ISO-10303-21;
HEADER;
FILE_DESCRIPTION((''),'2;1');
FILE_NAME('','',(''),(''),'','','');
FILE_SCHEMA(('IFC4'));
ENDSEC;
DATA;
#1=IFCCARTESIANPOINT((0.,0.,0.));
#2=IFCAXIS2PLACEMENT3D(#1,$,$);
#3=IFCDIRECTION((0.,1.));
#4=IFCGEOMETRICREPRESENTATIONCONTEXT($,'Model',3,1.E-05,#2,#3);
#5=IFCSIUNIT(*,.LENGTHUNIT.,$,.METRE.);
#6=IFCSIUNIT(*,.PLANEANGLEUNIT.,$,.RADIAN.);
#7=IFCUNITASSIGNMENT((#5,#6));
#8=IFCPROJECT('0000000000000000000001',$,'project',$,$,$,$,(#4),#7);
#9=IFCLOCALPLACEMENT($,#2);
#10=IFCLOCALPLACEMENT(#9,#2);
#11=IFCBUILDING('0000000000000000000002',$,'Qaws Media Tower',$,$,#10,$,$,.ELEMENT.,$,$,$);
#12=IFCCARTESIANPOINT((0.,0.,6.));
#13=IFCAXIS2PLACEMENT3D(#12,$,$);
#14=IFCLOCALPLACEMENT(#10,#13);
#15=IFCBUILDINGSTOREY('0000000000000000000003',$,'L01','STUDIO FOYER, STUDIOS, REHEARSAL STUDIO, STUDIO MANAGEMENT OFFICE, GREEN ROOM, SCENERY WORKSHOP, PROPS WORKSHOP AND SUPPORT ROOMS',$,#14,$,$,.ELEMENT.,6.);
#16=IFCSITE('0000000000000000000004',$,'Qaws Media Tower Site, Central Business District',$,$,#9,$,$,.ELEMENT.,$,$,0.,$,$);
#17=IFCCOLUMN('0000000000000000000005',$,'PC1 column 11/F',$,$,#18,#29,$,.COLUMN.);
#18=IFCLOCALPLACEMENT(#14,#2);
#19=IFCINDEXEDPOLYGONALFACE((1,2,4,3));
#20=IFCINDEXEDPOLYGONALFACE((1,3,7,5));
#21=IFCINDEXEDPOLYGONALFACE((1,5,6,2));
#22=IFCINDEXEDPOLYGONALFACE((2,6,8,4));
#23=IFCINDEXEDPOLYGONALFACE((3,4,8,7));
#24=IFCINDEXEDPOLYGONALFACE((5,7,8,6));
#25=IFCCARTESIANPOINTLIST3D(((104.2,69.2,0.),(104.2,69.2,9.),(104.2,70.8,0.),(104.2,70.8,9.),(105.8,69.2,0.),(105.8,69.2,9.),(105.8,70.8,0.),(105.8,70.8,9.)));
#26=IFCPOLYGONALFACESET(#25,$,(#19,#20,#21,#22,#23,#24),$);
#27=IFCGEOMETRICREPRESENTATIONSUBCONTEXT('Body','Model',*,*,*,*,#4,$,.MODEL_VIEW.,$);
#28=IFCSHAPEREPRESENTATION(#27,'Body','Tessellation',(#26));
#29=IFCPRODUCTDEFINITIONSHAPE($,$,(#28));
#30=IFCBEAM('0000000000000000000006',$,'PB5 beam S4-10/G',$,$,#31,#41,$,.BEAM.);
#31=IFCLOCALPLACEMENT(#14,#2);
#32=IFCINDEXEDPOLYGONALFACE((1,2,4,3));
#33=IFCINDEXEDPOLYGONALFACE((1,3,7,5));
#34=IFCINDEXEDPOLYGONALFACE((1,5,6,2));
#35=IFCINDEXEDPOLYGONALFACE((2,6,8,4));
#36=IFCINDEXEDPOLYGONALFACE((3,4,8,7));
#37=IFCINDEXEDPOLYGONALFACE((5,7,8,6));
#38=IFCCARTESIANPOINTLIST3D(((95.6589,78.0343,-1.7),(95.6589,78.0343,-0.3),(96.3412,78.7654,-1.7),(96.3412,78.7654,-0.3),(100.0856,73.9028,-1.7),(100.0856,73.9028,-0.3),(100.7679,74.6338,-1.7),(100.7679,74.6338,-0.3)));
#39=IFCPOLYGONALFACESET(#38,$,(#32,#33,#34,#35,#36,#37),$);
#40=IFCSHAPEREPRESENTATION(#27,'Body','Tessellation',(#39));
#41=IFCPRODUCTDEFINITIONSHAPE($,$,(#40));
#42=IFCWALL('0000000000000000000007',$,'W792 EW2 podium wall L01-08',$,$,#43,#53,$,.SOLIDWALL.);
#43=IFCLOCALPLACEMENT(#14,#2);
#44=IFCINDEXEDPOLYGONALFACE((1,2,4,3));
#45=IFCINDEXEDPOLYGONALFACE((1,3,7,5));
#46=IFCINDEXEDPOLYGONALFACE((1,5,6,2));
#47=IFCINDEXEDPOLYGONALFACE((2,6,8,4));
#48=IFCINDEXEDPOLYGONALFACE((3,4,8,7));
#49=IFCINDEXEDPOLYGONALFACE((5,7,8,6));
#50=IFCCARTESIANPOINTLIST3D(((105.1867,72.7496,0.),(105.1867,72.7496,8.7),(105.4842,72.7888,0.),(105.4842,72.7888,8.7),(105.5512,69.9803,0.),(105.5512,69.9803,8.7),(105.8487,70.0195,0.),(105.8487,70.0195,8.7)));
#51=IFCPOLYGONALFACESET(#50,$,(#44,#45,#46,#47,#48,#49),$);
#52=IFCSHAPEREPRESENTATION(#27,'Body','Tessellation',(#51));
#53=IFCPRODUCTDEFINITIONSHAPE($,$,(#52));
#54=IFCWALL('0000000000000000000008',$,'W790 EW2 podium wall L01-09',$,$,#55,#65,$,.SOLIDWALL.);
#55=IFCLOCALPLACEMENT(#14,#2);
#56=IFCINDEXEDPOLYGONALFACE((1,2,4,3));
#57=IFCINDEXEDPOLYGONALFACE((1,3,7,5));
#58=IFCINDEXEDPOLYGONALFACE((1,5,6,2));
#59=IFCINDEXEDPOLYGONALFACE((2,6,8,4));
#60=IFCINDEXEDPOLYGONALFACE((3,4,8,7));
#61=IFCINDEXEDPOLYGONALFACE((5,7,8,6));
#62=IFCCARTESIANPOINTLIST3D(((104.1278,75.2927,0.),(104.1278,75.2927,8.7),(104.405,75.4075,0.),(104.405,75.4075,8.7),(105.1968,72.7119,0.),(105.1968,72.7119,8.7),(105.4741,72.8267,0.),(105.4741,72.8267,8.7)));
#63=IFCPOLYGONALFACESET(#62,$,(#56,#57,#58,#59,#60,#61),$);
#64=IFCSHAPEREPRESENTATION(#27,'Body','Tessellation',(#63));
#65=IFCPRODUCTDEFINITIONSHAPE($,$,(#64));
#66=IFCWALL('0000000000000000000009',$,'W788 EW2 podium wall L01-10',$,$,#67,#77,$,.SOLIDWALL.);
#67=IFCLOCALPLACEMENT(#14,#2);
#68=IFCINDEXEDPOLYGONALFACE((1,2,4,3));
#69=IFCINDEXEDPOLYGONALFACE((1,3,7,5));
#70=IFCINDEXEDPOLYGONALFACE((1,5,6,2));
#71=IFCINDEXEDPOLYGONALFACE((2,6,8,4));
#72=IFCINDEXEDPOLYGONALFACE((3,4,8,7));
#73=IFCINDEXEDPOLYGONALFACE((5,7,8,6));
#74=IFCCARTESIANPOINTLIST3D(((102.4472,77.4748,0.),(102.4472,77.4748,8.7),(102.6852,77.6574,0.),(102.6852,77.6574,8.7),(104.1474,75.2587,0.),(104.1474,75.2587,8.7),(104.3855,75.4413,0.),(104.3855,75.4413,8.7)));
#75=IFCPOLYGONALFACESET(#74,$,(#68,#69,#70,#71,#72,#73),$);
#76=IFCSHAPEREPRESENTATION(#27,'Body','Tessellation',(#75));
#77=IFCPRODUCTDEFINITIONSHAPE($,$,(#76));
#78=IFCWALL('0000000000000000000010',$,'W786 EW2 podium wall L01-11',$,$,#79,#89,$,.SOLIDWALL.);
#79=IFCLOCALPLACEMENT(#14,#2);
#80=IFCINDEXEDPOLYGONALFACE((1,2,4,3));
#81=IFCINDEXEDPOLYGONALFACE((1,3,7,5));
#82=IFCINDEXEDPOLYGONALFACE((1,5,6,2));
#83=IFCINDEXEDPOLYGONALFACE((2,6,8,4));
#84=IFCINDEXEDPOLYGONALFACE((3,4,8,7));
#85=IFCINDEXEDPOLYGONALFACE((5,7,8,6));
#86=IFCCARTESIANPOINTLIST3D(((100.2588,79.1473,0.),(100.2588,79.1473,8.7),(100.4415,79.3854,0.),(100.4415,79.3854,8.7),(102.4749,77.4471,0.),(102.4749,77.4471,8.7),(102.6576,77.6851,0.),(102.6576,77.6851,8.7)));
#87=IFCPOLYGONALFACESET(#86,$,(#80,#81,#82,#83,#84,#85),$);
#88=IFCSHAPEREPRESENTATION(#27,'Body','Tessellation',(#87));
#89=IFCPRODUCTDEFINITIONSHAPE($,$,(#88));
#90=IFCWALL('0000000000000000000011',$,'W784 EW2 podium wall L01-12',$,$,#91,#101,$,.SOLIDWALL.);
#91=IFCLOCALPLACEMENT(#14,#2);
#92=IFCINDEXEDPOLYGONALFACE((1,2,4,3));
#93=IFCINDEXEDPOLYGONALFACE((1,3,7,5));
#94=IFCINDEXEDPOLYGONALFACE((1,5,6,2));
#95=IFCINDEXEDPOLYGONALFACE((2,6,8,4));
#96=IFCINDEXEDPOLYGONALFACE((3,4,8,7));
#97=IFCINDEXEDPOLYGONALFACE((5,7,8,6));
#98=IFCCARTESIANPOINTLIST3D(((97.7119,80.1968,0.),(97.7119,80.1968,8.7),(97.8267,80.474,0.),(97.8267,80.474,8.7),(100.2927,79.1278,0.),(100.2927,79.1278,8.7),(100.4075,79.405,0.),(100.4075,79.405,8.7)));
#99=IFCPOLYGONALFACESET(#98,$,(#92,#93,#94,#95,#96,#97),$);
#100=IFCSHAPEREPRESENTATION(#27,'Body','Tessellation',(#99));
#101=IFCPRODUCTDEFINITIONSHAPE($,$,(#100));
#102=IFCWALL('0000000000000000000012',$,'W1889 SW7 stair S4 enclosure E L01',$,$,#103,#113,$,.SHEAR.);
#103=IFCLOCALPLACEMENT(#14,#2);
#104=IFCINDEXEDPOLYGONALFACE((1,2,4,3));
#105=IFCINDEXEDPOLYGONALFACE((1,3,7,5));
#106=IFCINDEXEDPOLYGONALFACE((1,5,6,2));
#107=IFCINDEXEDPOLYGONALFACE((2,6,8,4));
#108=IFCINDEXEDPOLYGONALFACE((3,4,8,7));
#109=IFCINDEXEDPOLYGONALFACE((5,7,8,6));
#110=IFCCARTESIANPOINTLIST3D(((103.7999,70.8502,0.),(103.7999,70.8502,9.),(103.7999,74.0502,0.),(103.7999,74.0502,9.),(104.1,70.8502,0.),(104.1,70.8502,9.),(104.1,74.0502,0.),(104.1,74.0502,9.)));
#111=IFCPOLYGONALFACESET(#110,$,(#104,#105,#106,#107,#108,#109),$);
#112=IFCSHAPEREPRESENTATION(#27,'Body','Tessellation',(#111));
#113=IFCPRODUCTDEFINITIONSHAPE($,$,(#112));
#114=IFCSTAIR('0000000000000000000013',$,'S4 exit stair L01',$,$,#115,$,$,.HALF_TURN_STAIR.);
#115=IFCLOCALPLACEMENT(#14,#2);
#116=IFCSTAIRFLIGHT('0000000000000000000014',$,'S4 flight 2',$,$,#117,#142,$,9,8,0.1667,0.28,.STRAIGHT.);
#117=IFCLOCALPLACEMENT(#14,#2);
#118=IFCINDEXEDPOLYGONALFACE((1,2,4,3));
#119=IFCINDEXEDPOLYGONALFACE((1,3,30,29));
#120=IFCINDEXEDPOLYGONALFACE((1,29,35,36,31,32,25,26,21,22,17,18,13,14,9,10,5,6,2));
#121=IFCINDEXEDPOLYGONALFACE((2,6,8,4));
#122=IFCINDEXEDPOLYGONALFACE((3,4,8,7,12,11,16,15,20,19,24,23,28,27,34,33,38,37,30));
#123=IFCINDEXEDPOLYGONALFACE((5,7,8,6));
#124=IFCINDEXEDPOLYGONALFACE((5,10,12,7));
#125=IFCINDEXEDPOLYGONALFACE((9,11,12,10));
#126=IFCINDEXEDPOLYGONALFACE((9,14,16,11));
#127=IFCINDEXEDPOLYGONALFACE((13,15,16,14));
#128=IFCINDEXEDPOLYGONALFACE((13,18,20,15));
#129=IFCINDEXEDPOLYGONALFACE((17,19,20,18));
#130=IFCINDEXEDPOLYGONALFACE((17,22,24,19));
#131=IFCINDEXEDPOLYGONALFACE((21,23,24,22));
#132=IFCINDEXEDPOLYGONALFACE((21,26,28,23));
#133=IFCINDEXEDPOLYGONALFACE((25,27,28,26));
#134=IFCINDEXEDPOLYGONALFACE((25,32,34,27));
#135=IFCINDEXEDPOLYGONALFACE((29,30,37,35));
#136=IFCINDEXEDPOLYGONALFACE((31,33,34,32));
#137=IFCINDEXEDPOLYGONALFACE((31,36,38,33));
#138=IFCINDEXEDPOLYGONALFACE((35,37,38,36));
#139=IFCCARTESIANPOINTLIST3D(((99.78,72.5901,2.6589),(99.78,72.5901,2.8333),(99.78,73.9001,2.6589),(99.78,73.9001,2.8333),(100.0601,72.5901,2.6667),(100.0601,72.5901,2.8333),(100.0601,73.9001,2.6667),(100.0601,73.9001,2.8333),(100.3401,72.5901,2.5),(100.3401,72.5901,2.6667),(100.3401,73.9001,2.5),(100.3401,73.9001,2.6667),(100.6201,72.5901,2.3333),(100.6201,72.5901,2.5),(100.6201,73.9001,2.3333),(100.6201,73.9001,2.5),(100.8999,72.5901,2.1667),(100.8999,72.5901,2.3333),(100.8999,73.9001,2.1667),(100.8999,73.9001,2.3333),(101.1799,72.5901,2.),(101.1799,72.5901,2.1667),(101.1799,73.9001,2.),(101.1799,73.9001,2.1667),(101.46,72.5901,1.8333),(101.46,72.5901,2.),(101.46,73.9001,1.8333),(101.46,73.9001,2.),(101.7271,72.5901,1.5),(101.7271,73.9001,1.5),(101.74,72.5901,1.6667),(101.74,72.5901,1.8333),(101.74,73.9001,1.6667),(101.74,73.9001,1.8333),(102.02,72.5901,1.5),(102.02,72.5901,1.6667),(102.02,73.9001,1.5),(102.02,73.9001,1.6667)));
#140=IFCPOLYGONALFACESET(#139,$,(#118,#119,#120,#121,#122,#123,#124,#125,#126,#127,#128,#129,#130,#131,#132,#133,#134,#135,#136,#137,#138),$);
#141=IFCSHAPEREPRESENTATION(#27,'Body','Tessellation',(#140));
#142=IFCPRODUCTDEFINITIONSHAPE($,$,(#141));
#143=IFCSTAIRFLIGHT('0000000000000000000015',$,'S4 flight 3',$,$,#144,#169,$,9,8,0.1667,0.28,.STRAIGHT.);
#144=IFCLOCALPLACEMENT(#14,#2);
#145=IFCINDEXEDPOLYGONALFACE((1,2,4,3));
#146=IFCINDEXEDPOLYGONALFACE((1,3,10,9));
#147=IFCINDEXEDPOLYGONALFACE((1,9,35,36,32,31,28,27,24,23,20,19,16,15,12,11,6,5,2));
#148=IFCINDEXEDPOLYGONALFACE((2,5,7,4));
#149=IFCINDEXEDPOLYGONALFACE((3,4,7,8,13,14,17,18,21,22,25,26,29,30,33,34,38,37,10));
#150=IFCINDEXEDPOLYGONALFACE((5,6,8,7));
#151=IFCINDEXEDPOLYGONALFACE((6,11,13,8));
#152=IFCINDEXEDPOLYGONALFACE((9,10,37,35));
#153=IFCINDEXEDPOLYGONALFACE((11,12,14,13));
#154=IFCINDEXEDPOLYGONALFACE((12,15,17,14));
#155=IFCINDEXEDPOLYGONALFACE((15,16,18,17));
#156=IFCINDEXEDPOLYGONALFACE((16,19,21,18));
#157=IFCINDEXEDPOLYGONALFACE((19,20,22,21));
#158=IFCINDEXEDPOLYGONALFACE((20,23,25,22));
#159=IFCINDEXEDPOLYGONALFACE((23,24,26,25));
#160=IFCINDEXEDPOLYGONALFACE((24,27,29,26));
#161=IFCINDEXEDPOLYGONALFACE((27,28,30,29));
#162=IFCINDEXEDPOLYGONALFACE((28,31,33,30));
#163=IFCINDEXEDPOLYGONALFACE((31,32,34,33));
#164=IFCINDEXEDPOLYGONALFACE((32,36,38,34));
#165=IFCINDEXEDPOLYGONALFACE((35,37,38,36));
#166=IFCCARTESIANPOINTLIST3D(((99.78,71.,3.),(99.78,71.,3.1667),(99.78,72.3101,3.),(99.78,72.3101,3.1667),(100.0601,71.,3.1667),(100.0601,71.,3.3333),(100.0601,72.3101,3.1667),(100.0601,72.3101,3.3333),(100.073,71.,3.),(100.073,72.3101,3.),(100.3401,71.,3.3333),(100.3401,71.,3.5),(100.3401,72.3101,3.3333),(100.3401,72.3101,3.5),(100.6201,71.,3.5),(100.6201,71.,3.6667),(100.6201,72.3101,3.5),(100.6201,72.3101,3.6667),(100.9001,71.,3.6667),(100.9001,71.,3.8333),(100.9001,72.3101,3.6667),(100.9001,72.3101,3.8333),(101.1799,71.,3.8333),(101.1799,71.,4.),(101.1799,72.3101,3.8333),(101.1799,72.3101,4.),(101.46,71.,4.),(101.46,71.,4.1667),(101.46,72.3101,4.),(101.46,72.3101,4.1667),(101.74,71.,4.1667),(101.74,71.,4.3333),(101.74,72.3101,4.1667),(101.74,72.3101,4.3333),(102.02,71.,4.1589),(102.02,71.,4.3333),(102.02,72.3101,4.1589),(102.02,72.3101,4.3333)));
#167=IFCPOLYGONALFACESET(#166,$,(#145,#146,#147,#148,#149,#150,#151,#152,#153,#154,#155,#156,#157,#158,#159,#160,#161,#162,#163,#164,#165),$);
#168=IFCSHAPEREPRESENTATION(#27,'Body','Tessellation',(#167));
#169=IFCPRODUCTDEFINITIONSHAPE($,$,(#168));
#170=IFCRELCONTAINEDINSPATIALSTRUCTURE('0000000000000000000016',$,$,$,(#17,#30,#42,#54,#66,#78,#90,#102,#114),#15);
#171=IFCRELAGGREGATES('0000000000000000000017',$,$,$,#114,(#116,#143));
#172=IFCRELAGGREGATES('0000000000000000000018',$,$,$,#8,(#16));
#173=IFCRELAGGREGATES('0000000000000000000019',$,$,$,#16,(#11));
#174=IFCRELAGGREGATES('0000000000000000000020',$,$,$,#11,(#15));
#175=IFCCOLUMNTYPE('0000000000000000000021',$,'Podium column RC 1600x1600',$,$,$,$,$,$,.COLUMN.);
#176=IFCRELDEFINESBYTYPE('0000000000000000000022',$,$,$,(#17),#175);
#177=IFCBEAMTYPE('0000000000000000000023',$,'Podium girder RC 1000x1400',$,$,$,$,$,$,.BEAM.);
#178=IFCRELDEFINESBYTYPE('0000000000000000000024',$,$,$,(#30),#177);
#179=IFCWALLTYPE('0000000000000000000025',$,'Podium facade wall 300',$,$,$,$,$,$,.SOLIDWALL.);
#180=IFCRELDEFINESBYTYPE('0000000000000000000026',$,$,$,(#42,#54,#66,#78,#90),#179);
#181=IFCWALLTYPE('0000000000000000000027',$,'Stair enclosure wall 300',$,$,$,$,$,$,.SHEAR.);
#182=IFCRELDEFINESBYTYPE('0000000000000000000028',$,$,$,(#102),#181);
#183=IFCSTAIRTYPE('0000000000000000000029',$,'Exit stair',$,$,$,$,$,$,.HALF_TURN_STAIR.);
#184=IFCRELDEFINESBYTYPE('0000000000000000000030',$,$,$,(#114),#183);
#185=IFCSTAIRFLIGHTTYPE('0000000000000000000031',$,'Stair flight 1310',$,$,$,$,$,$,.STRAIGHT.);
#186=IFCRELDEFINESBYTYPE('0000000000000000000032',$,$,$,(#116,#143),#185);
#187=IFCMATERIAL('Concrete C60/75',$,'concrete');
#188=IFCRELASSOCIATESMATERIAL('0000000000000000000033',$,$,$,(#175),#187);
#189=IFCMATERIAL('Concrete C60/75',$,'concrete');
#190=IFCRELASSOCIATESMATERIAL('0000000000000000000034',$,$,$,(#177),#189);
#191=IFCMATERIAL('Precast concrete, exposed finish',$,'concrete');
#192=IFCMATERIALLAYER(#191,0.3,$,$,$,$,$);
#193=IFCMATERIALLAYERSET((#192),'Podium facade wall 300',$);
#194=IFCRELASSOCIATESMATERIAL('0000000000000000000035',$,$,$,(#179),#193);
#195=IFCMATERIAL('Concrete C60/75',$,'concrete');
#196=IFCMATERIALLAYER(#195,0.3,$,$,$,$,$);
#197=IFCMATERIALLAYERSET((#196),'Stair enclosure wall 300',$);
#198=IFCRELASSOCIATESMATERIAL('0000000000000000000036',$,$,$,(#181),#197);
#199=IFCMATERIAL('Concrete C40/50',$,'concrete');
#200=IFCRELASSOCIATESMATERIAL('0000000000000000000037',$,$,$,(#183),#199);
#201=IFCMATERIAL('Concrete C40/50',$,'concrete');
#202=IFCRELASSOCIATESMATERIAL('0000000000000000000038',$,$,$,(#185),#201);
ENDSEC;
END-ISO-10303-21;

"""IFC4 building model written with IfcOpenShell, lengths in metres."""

from ifc_helpers import new_model, si_unit, direction, frame, frame_2d, origin, origin_2d, place, context, subcontext, project, spatial, polyline, rectangle, outline, extrude, material, layer, layer_set, material_profile, profile_set, type_object, element, aggregate, save


model = new_model("IFC4")

# Units and contexts
model_context = context("Model", 3, precision=1e-05, world=origin(), true_north=direction((0.0, 1.0)))
body_context = subcontext(model_context, "Body", "Model", "MODEL_VIEW")
ifc_project = project(units=[si_unit("LENGTHUNIT", "METRE"), si_unit("PLANEANGLEUNIT", "RADIAN")], contexts=[model_context])

# Site, building, storey
site_placement = place(None, origin())
site = spatial("IfcSite", under=ifc_project, at=site_placement, Name="Qaws Media Tower Site, Central Business District", CompositionType="ELEMENT", RefElevation=0.0)
building_placement = place(site_placement, origin())
building = spatial("IfcBuilding", under=site, at=building_placement, Name="Qaws Media Tower", CompositionType="ELEMENT")
storey_placement = place(building_placement, frame((0.0, 0.0, 6.0)))
storey = spatial("IfcBuildingStorey", under=building, at=storey_placement, Name="L01", Description="STUDIO FOYER, STUDIOS, REHEARSAL STUDIO, STUDIO MANAGEMENT OFFICE, GREEN ROOM, SCENERY WORKSHOP, PROPS WORKSHOP AND SUPPORT ROOMS", CompositionType="ELEMENT", Elevation=6.0)

# Column
ifc_material_1 = material(Name="Concrete C60/75", Category="concrete")
ifc_material_profile_1 = material_profile(ifc_material_1, rectangle(XDim=1.6001, YDim=1.6001, at=origin_2d()), Name="RC 1600x1600")
ifc_profile_set_1 = profile_set([ifc_material_profile_1], Name="Concrete C60/75")
column_type = type_object("IfcColumnType", Name="Podium column RC 1600x1600", PredefinedType="COLUMN", material=ifc_profile_set_1)
column_placement = place(storey_placement, frame((105.0, 70.0, 0.0), z_axis=(0.0, 0.0, 1.0), x_axis=(1.0, 0.0, 0.0)))
element("IfcColumn", 1, at=column_placement, inside=storey, type_object=column_type, Name="PC1 column 11/F", PredefinedType="COLUMN", context=body_context, shape_type="SweptSolid", body=[
    extrude(rectangle(XDim=1.6001, YDim=1.6001, at=origin_2d()), origin(), (0.0, 0.0, 1.0), 9.0),
])

# Beam
ifc_material_2 = material(Name="Concrete C60/75", Category="concrete")
ifc_material_profile_2 = material_profile(ifc_material_2, rectangle(XDim=1.0, YDim=1.3999, at=origin_2d()), Name="RC 1000x1400")
ifc_profile_set_2 = profile_set([ifc_material_profile_2], Name="Concrete C60/75")
beam_type = type_object("IfcBeamType", Name="Podium girder RC 1000x1400", PredefinedType="BEAM", material=ifc_profile_set_2)
beam_placement = place(storey_placement, frame((100.4268, 74.2683, -1.0), z_axis=(-0.731059, 0.682314, 0.0), x_axis=(-0.682314, -0.731059, 0.0)))
element("IfcBeam", 2, at=beam_placement, inside=storey, type_object=beam_type, Name="PB5 beam S4-10/G", PredefinedType="BEAM", context=body_context, shape_type="SweptSolid", body=[
    extrude(rectangle(XDim=1.0, YDim=1.3999, at=origin_2d()), origin(), (0.0, 0.0, 1.0), 6.0552),
])

# Walls
ifc_material_3 = material(Name="Precast concrete, exposed finish", Category="concrete")
ifc_layer_1 = layer(ifc_material_3, 0.3)
ifc_layer_set_1 = layer_set([ifc_layer_1], Name="Podium facade wall 300")
wall_type_1 = type_object("IfcWallType", Name="Podium facade wall 300", PredefinedType="SOLIDWALL", material=ifc_layer_set_1)
wall_1_placement = place(storey_placement, frame((105.7, 70.0, 0.0), z_axis=(0.0, 0.0, 1.0), x_axis=(-0.130497, 0.991449, 0.0)))
element("IfcWall", 3, at=wall_1_placement, inside=storey, type_object=wall_type_1, Name="W792 EW2 podium wall L01-08", PredefinedType="SOLIDWALL", context=body_context, shape_type="SweptSolid", body=[
    extrude(rectangle(XDim=2.7932, YDim=0.3, at=frame_2d((1.3965, 0.0))), origin(), (0.0, 0.0, 1.0), 8.7),
])
wall_2_placement = place(storey_placement, frame((105.3354, 72.7693, 0.0), z_axis=(0.0, 0.0, 1.0), x_axis=(-0.382709, 0.923869, 0.0)))
element("IfcWall", 4, at=wall_2_placement, inside=storey, type_object=wall_type_1, Name="W790 EW2 podium wall L01-09", PredefinedType="SOLIDWALL", context=body_context, shape_type="SweptSolid", body=[
    extrude(rectangle(XDim=2.7935, YDim=0.3, at=frame_2d((1.3967, 0.0))), origin(), (0.0, 0.0, 1.0), 8.7),
])
for number, where, z_axis, x_axis, name in (
    (5, (104.2664, 75.3501, 0.0), (0.0, 0.0, 1.0), (-0.608705, 0.793397, 0.0), "W788 EW2 podium wall L01-10"),
    (6, (102.5662, 77.5662, 0.0), (0.0, 0.0, 1.0), (-0.793397, 0.608705, 0.0), "W786 EW2 podium wall L01-11"),
):
    element("IfcWall", number, at=place(storey_placement, frame(where, z_axis=z_axis, x_axis=x_axis)), inside=storey, type_object=wall_type_1, Name=name, PredefinedType="SOLIDWALL", context=body_context, shape_type="SweptSolid", body=[
        extrude(rectangle(XDim=2.7932, YDim=0.3, at=frame_2d((1.3965, 0.0))), origin(), (0.0, 0.0, 1.0), 8.7),
    ])
wall_3_placement = place(storey_placement, frame((100.3501, 79.2664, 0.0), z_axis=(0.0, 0.0, 1.0), x_axis=(-0.923869, 0.382709, 0.0)))
element("IfcWall", 7, at=wall_3_placement, inside=storey, type_object=wall_type_1, Name="W784 EW2 podium wall L01-12", PredefinedType="SOLIDWALL", context=body_context, shape_type="SweptSolid", body=[
    extrude(rectangle(XDim=2.7935, YDim=0.3, at=frame_2d((1.3967, 0.0))), origin(), (0.0, 0.0, 1.0), 8.7),
])
ifc_material_4 = material(Name="Concrete C60/75", Category="concrete")
ifc_layer_2 = layer(ifc_material_4, 0.3)
ifc_layer_set_2 = layer_set([ifc_layer_2], Name="Stair enclosure wall 300")
wall_type_2 = type_object("IfcWallType", Name="Stair enclosure wall 300", PredefinedType="SHEAR", material=ifc_layer_set_2)
wall_4_placement = place(storey_placement, frame((103.95, 70.8501, 0.0), z_axis=(0.0, 0.0, 1.0), x_axis=(0.0, 1.0, 0.0)))
element("IfcWall", 8, at=wall_4_placement, inside=storey, type_object=wall_type_2, Name="W1889 SW7 stair S4 enclosure E L01", PredefinedType="SHEAR", context=body_context, shape_type="SweptSolid", body=[
    extrude(rectangle(XDim=3.2, YDim=0.3, at=frame_2d((1.6001, 0.0))), origin(), (0.0, 0.0, 1.0), 9.0),
])

# Stair, stair flights
ifc_material_5 = material(Name="Concrete C40/50", Category="concrete")
stair_type = type_object("IfcStairType", Name="Exit stair", PredefinedType="HALF_TURN_STAIR", material=ifc_material_5)
stair_placement = place(storey_placement, origin())
stair = element("IfcStair", 9, at=stair_placement, inside=storey, type_object=stair_type, Name="S4 exit stair L01", PredefinedType="HALF_TURN_STAIR")
ifc_material_6 = material(Name="Concrete C40/50", Category="concrete")
stair_flight_type = type_object("IfcStairFlightType", Name="Stair flight 1310", PredefinedType="STRAIGHT", material=ifc_material_6)
stair_flight_1_placement = place(storey_placement, frame((102.02, 73.2451, 1.5), z_axis=(0.0, 0.0, 1.0), x_axis=(-1.0, 0.0, 0.0)))
stair_flight_1 = element("IfcStairFlight", 10, at=stair_flight_1_placement, type_object=stair_flight_type, Name="S4 flight 2", NumberOfRisers=9, NumberOfTreads=8, PredefinedType="STRAIGHT", RiserHeight=0.1667, TreadLength=0.28, context=body_context, shape_type="SweptSolid", body=[
    extrude(outline(polyline([(0.0, 0.0), (0.0, 0.1667), (0.28, 0.1667), (0.28, 0.3333), (0.5601, 0.3333), (0.5601, 0.5), (0.8401, 0.5), (0.8401, 0.6667), (1.1201, 0.6667), (1.1201, 0.8333), (1.3999, 0.8333), (1.3999, 1.0), (1.6799, 1.0), (1.6799, 1.1667), (1.96, 1.1667), (1.96, 1.3333), (2.24, 1.3333), (2.24, 1.5), (2.24, 1.1589), (0.293, 0.0), (0.0, 0.0)])), frame((0.0, 0.655, 0.0), z_axis=(0.0, -1.0, 0.0), x_axis=(1.0, 0.0, 0.0)), (0.0, 0.0, 1.0), 1.3101),
])
stair_flight_2_placement = place(storey_placement, frame((99.78, 71.655, 3.0), z_axis=(0.0, 0.0, 1.0), x_axis=(1.0, 0.0, 0.0)))
stair_flight_2 = element("IfcStairFlight", 11, at=stair_flight_2_placement, type_object=stair_flight_type, Name="S4 flight 3", NumberOfRisers=9, NumberOfTreads=8, PredefinedType="STRAIGHT", RiserHeight=0.1667, TreadLength=0.28, context=body_context, shape_type="SweptSolid", body=[
    extrude(outline(polyline([(0.0, 0.0), (0.0, 0.1667), (0.28, 0.1667), (0.28, 0.3333), (0.5601, 0.3333), (0.5601, 0.5), (0.8401, 0.5), (0.8401, 0.6667), (1.1201, 0.6667), (1.1201, 0.8333), (1.3999, 0.8333), (1.3999, 1.0), (1.6799, 1.0), (1.6799, 1.1667), (1.96, 1.1667), (1.96, 1.3333), (2.24, 1.3333), (2.24, 1.5), (2.24, 1.1589), (0.293, 0.0), (0.0, 0.0)])), frame((0.0, 0.655, 0.0), z_axis=(0.0, -1.0, 0.0), x_axis=(1.0, 0.0, 0.0)), (0.0, 0.0, 1.0), 1.3101),
])
aggregate(stair, [stair_flight_1, stair_flight_2])

save(model, "model.ifc")
